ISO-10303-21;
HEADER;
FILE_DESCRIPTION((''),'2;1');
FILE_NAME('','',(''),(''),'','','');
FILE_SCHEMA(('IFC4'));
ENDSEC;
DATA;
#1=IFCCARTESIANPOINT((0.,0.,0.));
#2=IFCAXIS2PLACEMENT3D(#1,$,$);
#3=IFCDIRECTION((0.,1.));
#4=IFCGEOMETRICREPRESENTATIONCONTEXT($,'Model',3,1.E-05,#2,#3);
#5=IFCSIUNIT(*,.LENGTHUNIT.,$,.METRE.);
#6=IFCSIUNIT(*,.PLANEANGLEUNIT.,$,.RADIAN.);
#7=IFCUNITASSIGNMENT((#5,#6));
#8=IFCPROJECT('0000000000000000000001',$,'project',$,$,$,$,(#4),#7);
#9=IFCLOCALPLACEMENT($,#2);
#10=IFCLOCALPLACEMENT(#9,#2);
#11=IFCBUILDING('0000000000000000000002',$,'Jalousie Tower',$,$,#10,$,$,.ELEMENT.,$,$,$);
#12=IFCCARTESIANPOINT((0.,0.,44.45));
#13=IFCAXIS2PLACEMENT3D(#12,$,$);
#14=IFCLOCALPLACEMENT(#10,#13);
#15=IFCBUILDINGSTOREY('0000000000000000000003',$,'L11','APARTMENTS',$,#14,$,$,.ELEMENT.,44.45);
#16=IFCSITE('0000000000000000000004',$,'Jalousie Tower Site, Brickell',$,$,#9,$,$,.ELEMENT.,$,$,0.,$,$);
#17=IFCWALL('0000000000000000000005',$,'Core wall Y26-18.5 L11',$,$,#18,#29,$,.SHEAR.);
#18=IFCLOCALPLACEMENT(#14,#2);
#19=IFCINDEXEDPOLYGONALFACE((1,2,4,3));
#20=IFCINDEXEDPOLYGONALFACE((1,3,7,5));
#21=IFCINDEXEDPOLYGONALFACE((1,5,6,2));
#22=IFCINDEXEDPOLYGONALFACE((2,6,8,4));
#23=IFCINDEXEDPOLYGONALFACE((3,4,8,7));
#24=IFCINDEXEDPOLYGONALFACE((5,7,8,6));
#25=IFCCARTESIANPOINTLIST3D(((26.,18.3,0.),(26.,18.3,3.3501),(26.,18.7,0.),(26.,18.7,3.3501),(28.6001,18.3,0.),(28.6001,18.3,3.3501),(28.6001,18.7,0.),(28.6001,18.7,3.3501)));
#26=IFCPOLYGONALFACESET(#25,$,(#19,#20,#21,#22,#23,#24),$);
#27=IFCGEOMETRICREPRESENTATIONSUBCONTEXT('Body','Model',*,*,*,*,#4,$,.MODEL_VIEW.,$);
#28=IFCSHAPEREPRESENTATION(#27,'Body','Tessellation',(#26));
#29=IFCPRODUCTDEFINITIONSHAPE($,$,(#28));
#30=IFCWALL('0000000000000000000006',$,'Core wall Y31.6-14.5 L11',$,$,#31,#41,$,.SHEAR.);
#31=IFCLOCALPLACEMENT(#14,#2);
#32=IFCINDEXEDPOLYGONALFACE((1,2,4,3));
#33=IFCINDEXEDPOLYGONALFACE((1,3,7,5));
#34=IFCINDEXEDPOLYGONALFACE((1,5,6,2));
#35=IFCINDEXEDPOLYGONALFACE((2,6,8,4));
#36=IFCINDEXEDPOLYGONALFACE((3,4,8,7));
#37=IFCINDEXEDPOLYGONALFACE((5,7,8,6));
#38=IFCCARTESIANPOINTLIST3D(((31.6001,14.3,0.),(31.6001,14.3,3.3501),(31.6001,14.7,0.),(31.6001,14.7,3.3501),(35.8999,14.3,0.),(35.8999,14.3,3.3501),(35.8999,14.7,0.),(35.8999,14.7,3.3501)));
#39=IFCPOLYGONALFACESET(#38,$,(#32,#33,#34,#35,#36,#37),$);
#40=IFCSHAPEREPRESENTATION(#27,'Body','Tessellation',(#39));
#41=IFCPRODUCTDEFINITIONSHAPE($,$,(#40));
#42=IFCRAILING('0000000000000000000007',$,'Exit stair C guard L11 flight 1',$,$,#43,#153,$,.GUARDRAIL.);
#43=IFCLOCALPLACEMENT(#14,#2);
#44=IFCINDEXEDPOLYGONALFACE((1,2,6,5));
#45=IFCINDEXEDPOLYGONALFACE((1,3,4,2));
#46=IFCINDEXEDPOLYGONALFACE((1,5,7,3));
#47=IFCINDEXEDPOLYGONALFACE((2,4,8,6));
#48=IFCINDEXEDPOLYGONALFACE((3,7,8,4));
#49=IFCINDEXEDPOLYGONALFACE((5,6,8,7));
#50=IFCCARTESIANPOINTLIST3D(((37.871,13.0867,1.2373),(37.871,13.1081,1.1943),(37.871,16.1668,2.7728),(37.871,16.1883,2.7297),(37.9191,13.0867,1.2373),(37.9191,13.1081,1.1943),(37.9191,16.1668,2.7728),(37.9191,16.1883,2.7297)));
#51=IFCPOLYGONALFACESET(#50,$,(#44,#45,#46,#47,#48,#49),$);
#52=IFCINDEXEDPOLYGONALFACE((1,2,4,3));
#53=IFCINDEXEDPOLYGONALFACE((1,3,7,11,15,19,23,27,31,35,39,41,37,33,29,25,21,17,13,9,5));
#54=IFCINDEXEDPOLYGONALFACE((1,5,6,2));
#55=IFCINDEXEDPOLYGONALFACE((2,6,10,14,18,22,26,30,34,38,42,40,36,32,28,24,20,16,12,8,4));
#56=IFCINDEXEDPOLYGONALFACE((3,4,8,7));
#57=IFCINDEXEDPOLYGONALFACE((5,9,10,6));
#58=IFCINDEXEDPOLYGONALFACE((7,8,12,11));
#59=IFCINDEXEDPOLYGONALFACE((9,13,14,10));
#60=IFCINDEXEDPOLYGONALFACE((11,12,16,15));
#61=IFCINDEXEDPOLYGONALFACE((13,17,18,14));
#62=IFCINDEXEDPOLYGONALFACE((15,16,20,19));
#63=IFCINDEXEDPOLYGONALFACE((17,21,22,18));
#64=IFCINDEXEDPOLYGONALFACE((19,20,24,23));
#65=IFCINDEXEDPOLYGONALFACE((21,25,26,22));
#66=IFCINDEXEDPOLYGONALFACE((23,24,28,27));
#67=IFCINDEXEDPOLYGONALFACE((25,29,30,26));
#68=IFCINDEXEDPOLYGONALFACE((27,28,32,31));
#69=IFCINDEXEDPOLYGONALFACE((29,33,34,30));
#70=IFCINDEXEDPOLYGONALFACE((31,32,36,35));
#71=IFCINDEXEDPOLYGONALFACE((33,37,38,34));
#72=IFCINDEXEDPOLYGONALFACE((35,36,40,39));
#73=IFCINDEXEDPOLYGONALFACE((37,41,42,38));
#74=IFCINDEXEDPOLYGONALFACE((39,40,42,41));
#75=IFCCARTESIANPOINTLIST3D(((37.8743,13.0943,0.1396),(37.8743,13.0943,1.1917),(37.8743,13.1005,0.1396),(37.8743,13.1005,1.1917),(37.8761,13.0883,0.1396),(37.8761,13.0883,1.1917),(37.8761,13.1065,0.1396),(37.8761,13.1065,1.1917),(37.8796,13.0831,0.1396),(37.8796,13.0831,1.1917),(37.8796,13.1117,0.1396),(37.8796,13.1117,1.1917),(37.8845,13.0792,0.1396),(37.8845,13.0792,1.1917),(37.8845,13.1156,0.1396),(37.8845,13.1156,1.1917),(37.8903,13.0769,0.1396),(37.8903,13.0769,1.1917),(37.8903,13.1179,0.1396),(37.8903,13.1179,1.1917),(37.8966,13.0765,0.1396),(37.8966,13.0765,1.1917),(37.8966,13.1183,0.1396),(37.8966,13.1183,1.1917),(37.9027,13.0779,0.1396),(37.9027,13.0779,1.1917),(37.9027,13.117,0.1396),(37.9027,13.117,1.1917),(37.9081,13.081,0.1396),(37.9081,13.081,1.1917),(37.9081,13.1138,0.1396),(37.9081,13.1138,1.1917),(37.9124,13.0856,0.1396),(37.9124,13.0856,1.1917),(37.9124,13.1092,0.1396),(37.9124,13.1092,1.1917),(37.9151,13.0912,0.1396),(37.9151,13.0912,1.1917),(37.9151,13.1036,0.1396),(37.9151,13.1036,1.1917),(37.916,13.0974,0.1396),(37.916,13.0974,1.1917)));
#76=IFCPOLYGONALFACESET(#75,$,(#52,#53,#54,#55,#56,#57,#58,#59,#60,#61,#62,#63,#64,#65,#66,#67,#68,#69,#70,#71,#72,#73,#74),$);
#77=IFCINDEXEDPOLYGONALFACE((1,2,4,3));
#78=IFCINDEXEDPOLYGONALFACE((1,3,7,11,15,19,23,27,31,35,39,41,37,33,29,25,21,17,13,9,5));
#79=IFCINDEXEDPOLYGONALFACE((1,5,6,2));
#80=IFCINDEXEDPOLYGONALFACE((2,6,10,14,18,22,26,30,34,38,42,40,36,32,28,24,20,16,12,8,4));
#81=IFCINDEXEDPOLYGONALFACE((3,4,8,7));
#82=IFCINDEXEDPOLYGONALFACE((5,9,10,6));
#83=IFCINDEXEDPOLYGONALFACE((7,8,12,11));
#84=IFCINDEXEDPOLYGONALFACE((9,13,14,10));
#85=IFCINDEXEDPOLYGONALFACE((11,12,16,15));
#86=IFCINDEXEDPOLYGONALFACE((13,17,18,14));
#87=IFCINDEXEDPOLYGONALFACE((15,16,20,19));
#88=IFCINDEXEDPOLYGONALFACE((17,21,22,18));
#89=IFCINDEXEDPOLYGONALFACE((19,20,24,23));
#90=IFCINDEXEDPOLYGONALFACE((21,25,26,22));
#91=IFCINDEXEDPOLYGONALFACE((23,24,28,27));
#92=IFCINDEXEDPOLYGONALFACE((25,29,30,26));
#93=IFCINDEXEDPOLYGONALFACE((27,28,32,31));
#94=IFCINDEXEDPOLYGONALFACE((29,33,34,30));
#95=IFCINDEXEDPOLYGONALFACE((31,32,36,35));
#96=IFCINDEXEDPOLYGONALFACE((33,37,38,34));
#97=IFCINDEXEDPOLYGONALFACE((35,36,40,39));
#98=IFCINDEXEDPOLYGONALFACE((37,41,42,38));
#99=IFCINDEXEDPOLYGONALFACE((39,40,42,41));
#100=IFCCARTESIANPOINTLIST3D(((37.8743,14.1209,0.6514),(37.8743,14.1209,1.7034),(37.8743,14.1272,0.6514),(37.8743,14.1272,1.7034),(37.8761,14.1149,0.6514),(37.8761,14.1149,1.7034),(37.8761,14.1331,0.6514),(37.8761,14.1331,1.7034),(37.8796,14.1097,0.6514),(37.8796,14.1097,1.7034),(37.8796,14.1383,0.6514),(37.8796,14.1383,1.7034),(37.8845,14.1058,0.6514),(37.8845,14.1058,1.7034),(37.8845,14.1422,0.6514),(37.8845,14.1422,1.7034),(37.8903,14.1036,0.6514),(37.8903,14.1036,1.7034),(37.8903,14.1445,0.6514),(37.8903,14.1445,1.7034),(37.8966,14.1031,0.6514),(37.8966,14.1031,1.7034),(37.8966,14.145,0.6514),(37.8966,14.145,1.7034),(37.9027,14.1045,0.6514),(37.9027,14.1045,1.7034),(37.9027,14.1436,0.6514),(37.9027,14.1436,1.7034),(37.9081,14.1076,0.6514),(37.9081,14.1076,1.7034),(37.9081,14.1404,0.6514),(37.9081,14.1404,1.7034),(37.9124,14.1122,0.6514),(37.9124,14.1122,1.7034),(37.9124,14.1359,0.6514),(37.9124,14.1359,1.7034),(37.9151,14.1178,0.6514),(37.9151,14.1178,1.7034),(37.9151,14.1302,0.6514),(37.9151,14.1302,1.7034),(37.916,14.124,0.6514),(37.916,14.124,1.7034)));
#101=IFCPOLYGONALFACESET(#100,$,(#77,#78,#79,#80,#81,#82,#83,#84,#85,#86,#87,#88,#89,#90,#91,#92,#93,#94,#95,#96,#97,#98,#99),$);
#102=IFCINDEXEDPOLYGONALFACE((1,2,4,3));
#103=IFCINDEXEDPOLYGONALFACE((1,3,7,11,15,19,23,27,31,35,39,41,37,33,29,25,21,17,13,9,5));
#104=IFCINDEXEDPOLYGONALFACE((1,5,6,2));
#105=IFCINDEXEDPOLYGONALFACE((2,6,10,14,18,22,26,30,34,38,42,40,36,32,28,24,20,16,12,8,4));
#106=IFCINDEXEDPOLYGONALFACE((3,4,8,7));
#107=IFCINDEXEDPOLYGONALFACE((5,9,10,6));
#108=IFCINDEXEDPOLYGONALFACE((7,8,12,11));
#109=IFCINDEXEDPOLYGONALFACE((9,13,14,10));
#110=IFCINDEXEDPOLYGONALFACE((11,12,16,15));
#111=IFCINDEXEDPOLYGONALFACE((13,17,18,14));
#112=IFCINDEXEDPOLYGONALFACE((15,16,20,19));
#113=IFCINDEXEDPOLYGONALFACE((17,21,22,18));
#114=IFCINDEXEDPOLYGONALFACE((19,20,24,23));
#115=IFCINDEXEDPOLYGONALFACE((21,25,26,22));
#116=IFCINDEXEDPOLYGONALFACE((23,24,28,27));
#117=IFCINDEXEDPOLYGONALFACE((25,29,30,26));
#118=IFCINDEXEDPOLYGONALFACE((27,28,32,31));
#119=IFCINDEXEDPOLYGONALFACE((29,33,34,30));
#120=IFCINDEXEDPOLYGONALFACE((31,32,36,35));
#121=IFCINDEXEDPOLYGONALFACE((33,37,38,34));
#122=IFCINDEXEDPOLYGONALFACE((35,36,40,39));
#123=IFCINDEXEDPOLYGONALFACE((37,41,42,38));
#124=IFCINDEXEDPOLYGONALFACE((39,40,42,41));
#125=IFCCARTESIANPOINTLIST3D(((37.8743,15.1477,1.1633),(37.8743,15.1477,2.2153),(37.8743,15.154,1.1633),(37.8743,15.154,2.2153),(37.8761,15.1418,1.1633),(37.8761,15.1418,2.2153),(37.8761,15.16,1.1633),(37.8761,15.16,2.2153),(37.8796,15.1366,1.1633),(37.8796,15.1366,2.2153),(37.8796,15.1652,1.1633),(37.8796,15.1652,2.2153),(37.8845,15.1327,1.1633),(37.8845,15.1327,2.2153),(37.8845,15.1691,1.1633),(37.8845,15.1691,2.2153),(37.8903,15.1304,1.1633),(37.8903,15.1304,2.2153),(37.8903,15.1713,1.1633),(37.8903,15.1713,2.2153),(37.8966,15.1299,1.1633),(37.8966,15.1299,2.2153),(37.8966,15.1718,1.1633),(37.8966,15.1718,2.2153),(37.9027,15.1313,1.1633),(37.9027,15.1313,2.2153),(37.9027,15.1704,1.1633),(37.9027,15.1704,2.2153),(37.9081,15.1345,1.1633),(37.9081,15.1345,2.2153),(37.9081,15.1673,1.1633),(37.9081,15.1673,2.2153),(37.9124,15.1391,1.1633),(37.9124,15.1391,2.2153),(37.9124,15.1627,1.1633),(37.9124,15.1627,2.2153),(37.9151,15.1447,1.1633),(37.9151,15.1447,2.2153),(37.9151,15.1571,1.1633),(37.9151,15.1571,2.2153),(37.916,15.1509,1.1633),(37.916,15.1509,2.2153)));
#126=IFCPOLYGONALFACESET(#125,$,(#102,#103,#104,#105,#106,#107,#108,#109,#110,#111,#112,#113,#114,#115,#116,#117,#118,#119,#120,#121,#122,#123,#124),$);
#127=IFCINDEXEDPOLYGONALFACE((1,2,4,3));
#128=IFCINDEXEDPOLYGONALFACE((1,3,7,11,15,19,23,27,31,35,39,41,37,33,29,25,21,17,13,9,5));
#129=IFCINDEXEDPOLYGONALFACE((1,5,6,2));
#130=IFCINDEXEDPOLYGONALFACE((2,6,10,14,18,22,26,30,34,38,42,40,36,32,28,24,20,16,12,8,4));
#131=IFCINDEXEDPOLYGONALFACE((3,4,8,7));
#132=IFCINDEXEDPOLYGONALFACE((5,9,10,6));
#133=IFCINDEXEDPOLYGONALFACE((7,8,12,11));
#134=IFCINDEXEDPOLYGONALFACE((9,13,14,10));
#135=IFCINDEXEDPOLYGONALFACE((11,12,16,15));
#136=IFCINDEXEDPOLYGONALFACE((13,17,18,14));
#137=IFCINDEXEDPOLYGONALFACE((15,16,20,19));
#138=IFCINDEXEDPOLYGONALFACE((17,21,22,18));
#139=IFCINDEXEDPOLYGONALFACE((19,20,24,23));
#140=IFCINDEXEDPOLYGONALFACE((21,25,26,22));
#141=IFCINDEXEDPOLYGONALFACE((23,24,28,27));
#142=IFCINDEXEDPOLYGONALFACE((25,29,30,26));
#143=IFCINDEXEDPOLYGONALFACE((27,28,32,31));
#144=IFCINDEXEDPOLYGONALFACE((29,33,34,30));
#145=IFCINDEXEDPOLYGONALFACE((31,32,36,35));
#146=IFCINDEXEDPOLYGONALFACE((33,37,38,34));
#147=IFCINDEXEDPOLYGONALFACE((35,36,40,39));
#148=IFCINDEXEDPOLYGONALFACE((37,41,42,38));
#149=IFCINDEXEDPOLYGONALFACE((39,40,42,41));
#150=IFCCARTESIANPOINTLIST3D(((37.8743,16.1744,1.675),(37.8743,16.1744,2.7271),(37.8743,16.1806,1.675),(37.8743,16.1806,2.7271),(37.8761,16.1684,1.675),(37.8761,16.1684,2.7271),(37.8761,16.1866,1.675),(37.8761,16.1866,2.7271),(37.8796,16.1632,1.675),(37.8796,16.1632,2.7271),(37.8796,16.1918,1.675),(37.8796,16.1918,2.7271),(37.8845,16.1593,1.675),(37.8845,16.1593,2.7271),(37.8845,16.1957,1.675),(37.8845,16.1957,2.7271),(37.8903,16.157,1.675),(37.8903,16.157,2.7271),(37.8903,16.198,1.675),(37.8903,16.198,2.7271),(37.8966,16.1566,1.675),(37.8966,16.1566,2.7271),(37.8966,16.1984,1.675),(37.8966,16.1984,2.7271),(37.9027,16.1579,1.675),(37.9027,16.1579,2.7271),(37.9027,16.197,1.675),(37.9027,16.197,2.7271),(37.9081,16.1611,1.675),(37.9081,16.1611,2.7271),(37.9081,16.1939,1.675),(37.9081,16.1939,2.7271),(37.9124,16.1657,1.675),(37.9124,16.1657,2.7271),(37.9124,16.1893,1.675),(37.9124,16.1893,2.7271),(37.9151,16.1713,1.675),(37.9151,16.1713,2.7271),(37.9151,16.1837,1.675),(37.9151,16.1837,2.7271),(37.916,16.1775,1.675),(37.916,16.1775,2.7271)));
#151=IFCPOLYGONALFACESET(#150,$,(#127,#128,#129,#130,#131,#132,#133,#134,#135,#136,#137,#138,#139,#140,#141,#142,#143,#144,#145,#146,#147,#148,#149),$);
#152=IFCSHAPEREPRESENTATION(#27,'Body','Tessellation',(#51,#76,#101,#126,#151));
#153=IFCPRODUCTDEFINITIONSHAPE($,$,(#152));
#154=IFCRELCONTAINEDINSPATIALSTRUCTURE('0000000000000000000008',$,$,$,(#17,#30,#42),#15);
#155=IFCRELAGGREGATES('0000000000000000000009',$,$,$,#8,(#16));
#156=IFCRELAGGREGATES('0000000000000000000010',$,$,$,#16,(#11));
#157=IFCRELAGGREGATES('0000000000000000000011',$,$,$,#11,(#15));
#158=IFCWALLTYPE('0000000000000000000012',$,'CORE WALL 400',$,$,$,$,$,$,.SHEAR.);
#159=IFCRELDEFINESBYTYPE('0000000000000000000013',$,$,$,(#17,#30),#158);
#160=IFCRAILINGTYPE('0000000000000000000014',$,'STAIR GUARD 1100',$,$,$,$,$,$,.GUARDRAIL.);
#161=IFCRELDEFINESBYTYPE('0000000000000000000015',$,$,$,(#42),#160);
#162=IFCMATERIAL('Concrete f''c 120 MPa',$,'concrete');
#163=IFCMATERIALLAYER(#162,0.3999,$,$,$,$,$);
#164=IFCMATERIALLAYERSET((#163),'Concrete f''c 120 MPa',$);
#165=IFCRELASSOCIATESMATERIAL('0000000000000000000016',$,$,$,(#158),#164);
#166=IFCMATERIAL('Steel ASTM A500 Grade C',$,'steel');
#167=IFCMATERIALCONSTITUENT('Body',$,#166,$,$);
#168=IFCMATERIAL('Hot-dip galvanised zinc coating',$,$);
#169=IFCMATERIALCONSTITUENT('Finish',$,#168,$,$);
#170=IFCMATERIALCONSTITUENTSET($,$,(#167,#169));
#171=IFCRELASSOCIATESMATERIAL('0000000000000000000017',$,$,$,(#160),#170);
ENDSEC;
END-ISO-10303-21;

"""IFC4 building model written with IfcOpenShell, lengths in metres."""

from ifc_helpers import new_model, si_unit, direction, frame, frame_2d, origin, origin_2d, place, context, subcontext, project, spatial, rectangle, circle, extrude, material, layer, layer_set, constituent, constituent_set, type_object, element, save


model = new_model("IFC4")

# Units and contexts
model_context = context("Model", 3, precision=1e-05, world=origin(), true_north=direction((0.0, 1.0)))
body_context = subcontext(model_context, "Body", "Model", "MODEL_VIEW")
ifc_project = project(units=[si_unit("LENGTHUNIT", "METRE"), si_unit("PLANEANGLEUNIT", "RADIAN")], contexts=[model_context])

# Site, building, storey
site_placement = place(None, origin())
site = spatial("IfcSite", under=ifc_project, at=site_placement, Name="Jalousie Tower Site, Brickell", CompositionType="ELEMENT", RefElevation=0.0)
building_placement = place(site_placement, origin())
building = spatial("IfcBuilding", under=site, at=building_placement, Name="Jalousie Tower", CompositionType="ELEMENT")
storey_placement = place(building_placement, frame((0.0, 0.0, 44.45)))
storey = spatial("IfcBuildingStorey", under=building, at=storey_placement, Name="L11", Description="APARTMENTS", CompositionType="ELEMENT", Elevation=44.45)

# Shared definitions
ifc_material_1 = material(Name="Concrete f'c 120 MPa", Category="concrete")
ifc_layer = layer(ifc_material_1, 0.3999)
ifc_layer_set = layer_set([ifc_layer], Name="Concrete f'c 120 MPa")
wall_type = type_object("IfcWallType", Name="CORE WALL 400", PredefinedType="SHEAR", material=ifc_layer_set)

# Walls
for number, where, z_axis, x_axis, name in (
    (1, (26.0, 18.5, 0.0), (0.0, 0.0, 1.0), (1.0, 0.0, 0.0), "Core wall Y26-18.5 L11"),
):
    element("IfcWall", number, at=place(storey_placement, frame(where, z_axis=z_axis, x_axis=x_axis)), inside=storey, type_object=wall_type, Name=name, PredefinedType="SHEAR", context=body_context, shape_type="SweptSolid", body=[
        extrude(rectangle(XDim=2.6001, YDim=0.3999, at=frame_2d((1.3, 0.0))), origin(), (0.0, 0.0, 1.0), 3.3501),
    ])
wall_1_placement = place(storey_placement, frame((31.6001, 14.5, 0.0), z_axis=(0.0, 0.0, 1.0), x_axis=(1.0, 0.0, 0.0)))
element("IfcWall", 2, at=wall_1_placement, inside=storey, type_object=wall_type, Name="Core wall Y31.6-14.5 L11", PredefinedType="SHEAR", context=body_context, shape_type="SweptSolid", body=[
    extrude(rectangle(XDim=4.2998, YDim=0.3999, at=frame_2d((2.1499, 0.0))), origin(), (0.0, 0.0, 1.0), 3.3501),
])

# Railing
ifc_material_2 = material(Name="Steel ASTM A500 Grade C", Category="steel")
ifc_constituent_1 = constituent(ifc_material_2, Name="Body")
ifc_material_3 = material(Name="Hot-dip galvanised zinc coating")
ifc_constituent_2 = constituent(ifc_material_3, Name="Finish")
ifc_constituent_set = constituent_set(constituents=[ifc_constituent_1, ifc_constituent_2])
railing_type = type_object("IfcRailingType", Name="STAIR GUARD 1100", PredefinedType="GUARDRAIL", material=ifc_constituent_set)
railing_placement = place(storey_placement, frame((37.895, 13.0974, 0.1396)))
element("IfcRailing", 3, at=railing_placement, inside=storey, type_object=railing_type, Name="Exit stair C guard L11 flight 1", PredefinedType="GUARDRAIL", context=body_context, shape_type="SweptSolid", body=[
    extrude(rectangle(XDim=0.0481, YDim=0.0481, at=origin_2d()), frame((0.0, 0.0, 1.0762), z_axis=(0.0, 0.894966, 0.446135), x_axis=(-1.0, 0.0, 0.0)), (0.0, 0.0, 1.0), 3.4417),
    extrude(circle(Radius=0.021, at=origin_2d()), origin(), (0.0, 0.0, 1.0), 1.052),
    extrude(circle(Radius=0.021, at=origin_2d()), frame((0.0, 1.0266, 0.5117)), (0.0, 0.0, 1.0), 1.052),
    extrude(circle(Radius=0.021, at=origin_2d()), frame((0.0, 2.0535, 1.0237)), (0.0, 0.0, 1.0), 1.052),
    extrude(circle(Radius=0.021, at=origin_2d()), frame((0.0, 3.0801, 1.5354)), (0.0, 0.0, 1.0), 1.052),
])

save(model, "model.ifc")
